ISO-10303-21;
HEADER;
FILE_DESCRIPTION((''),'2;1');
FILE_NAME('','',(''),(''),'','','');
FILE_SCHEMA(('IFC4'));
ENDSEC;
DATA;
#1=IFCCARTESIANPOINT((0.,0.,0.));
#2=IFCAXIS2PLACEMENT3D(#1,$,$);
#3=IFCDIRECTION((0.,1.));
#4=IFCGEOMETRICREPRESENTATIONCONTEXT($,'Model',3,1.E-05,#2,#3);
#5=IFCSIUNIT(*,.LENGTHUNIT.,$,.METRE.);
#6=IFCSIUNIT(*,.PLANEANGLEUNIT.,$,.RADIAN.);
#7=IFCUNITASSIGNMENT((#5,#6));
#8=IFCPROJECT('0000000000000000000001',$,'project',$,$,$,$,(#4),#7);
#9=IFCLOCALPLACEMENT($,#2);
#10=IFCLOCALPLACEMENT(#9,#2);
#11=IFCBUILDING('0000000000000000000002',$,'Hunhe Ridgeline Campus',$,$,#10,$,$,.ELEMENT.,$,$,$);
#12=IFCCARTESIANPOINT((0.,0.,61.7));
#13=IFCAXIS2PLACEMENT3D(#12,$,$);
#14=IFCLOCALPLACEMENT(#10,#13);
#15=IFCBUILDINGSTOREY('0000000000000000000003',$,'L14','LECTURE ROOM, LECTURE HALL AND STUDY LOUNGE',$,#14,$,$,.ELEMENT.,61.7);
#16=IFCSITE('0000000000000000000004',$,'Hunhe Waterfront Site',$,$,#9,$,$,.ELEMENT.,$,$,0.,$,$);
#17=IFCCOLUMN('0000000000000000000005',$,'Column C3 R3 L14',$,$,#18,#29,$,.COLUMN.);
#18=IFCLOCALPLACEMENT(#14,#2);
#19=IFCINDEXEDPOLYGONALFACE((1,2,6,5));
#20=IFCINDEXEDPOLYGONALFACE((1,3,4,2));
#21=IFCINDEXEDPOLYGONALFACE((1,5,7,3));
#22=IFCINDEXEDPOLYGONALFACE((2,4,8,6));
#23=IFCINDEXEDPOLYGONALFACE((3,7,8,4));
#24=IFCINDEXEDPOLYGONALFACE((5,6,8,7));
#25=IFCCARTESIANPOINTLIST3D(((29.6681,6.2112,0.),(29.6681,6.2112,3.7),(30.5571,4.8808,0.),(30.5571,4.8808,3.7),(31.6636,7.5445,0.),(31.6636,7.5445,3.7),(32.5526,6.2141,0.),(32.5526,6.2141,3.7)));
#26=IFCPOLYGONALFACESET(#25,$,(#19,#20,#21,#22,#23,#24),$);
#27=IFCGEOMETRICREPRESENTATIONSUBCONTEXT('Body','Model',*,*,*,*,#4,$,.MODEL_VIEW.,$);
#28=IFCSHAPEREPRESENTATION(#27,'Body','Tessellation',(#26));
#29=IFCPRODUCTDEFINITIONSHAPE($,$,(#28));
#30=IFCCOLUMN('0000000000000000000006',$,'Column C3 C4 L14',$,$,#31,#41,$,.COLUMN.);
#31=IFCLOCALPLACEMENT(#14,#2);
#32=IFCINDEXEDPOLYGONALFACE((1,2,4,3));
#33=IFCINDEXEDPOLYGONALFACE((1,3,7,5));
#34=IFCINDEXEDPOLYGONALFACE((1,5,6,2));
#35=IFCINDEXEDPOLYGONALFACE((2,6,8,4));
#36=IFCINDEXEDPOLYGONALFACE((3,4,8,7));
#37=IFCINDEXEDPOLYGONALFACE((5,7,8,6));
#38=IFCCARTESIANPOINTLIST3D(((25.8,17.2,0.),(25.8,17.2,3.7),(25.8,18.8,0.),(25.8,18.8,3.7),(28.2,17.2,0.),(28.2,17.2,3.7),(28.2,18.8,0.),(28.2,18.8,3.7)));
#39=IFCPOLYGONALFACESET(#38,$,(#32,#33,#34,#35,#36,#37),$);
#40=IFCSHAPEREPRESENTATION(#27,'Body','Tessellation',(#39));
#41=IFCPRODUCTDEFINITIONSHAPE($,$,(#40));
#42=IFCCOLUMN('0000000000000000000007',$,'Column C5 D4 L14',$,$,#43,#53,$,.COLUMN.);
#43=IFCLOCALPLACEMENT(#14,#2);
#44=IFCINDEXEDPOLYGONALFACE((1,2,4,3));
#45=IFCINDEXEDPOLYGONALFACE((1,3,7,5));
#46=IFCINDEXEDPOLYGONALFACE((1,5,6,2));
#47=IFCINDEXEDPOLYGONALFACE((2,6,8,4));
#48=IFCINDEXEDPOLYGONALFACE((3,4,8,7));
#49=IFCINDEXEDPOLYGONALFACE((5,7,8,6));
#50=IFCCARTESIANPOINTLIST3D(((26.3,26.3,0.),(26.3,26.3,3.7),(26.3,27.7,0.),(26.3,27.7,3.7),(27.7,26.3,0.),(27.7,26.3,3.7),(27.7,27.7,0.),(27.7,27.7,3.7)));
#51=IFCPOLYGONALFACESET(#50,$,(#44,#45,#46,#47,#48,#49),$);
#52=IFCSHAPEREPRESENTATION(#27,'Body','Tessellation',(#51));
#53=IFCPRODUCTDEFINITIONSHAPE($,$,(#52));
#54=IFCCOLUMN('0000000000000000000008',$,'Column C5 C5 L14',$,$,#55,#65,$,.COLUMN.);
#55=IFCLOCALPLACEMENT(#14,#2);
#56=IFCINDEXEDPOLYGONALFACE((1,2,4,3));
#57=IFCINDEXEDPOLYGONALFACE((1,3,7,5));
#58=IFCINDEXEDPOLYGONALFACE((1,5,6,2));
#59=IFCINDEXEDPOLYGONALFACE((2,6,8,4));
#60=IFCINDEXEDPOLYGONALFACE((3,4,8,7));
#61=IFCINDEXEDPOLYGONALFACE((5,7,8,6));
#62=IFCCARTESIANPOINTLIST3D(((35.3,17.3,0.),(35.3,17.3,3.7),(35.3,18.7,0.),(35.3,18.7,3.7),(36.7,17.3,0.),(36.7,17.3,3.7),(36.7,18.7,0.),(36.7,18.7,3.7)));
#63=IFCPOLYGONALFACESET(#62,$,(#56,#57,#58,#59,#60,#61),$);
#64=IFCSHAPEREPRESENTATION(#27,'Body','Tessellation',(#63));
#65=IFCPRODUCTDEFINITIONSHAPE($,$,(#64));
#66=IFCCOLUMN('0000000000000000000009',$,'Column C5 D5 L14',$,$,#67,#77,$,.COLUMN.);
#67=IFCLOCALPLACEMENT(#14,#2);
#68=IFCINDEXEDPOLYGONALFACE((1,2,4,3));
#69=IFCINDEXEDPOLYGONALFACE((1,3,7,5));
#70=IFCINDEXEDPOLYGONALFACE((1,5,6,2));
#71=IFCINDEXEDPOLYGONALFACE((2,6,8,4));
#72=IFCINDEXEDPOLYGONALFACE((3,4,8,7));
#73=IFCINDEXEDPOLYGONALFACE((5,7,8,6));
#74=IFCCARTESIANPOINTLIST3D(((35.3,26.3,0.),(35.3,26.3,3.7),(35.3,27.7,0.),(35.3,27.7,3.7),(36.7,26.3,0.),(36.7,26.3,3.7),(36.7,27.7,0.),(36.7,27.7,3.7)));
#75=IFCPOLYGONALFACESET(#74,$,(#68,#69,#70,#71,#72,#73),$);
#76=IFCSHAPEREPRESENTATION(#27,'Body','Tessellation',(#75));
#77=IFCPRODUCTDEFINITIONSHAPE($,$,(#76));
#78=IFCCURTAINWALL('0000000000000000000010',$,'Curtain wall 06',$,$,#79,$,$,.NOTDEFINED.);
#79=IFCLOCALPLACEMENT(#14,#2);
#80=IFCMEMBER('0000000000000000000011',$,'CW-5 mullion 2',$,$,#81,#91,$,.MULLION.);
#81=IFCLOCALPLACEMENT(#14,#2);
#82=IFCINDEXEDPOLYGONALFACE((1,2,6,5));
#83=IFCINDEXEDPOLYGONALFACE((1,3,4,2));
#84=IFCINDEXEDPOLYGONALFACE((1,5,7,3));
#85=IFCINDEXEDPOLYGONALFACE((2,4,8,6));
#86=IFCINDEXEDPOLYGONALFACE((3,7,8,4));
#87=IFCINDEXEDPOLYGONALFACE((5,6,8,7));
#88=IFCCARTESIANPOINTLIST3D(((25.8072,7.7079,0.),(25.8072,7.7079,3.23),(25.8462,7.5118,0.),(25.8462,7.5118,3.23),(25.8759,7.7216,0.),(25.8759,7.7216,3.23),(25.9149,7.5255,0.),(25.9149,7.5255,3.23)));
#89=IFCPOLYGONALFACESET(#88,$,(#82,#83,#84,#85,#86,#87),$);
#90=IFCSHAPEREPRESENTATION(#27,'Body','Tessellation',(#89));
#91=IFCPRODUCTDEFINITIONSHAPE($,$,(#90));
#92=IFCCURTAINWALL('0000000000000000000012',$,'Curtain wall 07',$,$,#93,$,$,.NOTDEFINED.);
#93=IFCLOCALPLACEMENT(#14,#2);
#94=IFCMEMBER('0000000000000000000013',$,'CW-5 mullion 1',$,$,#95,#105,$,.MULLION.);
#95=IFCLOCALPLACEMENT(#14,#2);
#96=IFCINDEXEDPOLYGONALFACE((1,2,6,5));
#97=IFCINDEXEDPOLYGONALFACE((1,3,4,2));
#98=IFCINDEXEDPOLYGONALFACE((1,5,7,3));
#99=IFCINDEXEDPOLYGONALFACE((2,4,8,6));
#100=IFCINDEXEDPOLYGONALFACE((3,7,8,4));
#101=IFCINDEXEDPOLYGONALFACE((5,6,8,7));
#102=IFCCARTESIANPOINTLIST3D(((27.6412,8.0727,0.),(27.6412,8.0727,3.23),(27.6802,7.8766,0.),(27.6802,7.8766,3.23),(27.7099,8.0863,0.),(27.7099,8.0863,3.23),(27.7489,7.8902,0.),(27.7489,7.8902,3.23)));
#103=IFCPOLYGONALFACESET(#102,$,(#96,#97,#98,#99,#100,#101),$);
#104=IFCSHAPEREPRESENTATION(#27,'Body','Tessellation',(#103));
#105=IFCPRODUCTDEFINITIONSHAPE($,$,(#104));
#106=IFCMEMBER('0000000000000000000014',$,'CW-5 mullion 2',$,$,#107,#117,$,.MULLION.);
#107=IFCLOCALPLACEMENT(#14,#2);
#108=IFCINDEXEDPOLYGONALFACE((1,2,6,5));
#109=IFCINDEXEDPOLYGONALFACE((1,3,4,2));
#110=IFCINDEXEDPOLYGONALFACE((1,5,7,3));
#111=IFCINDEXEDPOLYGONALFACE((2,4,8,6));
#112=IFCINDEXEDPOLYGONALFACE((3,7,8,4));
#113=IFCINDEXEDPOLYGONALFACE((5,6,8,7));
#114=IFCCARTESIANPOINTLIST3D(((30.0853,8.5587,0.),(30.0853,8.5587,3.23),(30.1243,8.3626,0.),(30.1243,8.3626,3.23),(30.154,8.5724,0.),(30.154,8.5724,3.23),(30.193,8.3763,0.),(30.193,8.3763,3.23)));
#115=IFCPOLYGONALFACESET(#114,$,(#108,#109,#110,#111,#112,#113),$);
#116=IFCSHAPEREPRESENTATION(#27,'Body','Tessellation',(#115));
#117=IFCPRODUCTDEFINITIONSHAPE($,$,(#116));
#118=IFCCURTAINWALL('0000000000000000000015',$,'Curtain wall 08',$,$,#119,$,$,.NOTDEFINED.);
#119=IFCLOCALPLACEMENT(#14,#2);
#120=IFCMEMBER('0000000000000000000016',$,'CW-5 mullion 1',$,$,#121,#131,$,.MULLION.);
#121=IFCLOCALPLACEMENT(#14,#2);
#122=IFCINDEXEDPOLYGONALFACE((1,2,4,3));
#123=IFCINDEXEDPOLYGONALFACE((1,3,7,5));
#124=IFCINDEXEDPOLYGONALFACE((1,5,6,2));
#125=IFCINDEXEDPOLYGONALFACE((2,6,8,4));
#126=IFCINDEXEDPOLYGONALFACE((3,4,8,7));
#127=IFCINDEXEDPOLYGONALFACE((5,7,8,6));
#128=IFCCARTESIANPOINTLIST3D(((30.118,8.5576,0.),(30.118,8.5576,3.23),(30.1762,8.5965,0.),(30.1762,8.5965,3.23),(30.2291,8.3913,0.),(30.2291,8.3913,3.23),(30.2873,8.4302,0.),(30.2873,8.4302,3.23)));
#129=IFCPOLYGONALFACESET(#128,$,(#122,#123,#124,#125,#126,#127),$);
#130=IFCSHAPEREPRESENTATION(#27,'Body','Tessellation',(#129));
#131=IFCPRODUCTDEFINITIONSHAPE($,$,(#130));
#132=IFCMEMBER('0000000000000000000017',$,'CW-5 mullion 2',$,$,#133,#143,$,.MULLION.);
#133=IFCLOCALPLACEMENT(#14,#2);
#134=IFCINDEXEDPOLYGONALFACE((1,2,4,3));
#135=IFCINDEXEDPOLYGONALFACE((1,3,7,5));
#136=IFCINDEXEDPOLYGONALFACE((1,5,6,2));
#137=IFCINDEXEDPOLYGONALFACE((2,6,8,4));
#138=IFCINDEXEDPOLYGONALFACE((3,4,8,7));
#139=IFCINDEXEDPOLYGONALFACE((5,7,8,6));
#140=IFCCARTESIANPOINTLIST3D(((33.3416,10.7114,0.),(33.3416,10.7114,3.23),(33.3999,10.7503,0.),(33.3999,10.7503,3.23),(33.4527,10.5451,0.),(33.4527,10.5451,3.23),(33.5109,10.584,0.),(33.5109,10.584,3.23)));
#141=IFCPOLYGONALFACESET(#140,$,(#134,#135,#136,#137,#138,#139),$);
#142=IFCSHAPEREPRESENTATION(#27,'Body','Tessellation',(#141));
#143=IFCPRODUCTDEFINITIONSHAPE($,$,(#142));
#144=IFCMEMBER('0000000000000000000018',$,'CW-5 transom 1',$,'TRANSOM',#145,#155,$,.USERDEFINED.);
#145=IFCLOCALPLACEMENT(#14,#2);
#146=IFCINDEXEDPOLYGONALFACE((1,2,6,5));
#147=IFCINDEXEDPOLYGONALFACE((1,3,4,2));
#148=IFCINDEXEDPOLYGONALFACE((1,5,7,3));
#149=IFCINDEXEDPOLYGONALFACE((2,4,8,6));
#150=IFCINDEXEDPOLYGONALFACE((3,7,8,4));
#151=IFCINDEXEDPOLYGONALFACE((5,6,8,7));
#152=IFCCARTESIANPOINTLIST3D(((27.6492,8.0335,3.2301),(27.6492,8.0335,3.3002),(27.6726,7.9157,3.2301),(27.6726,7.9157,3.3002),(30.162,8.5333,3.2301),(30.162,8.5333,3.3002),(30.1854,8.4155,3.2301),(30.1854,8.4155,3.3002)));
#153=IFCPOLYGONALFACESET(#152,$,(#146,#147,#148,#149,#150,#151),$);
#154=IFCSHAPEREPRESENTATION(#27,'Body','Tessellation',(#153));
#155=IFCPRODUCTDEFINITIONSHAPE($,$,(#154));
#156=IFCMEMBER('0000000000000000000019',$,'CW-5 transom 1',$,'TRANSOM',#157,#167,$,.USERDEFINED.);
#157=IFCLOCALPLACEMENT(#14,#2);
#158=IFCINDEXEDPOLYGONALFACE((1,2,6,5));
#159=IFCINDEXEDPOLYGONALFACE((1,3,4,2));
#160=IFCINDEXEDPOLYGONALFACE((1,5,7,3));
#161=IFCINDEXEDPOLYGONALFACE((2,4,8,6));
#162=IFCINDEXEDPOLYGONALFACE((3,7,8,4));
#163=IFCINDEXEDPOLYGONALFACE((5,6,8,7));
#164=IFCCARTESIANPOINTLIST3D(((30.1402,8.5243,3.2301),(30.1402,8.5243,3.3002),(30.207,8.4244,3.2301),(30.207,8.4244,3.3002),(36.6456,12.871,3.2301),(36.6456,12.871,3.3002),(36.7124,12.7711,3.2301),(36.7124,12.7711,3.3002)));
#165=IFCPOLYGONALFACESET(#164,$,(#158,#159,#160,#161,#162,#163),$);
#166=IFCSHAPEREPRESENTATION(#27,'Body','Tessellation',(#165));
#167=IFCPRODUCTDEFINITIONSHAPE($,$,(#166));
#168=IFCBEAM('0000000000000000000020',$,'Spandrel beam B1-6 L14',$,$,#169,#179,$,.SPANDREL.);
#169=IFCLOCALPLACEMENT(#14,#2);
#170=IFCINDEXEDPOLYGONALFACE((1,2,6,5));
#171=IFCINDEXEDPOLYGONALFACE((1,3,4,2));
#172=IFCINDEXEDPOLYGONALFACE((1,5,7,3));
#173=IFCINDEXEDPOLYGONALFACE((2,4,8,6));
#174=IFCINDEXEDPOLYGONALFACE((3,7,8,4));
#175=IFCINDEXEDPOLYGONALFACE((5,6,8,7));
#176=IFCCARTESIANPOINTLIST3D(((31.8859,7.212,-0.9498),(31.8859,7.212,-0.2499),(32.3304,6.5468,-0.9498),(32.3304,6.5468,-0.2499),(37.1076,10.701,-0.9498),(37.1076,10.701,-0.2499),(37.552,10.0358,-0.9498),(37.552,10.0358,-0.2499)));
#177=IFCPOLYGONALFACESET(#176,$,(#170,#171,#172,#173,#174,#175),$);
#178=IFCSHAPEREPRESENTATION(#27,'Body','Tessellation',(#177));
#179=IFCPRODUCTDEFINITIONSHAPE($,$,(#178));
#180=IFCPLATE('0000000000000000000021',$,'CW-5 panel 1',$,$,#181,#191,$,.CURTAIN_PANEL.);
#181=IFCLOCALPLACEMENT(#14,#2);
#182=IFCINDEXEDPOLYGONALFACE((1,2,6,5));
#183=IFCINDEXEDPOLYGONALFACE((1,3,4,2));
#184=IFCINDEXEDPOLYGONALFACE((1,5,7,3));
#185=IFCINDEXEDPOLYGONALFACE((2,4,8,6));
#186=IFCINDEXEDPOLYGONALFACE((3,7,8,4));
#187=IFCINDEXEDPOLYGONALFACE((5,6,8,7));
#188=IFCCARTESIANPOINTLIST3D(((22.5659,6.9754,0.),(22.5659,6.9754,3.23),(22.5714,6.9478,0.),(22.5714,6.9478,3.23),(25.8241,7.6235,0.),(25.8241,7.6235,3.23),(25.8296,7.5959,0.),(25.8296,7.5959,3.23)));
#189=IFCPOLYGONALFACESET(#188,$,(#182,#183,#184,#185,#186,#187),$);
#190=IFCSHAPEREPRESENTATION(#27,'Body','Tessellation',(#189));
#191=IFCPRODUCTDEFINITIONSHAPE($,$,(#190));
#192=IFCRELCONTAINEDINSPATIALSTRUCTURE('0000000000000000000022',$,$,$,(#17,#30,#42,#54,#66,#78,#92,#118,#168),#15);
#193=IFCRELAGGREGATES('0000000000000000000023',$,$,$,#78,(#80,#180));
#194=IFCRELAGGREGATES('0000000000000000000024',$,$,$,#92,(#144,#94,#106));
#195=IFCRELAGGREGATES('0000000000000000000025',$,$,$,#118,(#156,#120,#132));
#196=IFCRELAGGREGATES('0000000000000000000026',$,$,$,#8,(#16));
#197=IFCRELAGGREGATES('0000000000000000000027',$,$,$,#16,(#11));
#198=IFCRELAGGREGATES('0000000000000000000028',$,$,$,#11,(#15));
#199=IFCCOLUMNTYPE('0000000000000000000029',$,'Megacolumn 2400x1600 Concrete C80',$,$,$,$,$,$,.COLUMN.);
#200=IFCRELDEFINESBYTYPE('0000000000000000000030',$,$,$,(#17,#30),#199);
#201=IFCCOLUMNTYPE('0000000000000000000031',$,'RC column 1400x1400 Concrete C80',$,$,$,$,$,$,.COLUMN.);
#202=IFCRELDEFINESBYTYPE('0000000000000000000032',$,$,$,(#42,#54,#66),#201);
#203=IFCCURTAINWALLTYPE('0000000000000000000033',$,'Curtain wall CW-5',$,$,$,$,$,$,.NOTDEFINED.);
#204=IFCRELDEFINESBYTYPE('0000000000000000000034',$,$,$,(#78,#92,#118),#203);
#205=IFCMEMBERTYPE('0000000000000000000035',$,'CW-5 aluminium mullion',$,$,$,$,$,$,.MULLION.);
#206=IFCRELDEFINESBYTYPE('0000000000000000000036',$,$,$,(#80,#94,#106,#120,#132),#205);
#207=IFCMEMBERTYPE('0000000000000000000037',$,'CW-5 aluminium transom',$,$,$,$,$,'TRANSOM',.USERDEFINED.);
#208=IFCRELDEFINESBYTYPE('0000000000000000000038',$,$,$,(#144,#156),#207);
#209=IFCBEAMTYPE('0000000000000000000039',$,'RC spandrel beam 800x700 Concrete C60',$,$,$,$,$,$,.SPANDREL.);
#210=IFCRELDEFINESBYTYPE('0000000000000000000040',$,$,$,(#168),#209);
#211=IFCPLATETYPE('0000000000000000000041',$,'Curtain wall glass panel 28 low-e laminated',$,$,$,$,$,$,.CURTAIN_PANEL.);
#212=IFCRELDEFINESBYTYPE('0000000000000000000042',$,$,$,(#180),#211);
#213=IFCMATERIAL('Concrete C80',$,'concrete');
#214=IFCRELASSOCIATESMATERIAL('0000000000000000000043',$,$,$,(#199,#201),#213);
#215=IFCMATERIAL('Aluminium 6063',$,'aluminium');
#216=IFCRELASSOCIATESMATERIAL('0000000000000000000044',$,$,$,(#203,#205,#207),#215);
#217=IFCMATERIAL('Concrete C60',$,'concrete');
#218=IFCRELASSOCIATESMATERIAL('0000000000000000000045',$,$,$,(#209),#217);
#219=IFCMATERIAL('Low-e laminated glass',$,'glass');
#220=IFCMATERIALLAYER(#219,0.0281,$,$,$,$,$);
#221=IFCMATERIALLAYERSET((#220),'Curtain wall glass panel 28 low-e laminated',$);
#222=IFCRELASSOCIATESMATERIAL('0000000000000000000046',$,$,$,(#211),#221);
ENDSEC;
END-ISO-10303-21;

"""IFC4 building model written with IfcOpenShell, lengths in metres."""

from ifc_helpers import new_model, si_unit, direction, frame, origin, origin_2d, place, context, subcontext, project, spatial, rectangle, extrude, material, layer, layer_set, material_profile, profile_set, type_object, element, aggregate, save


model = new_model("IFC4")

# Units and contexts
model_context = context("Model", 3, precision=1e-05, world=origin(), true_north=direction((0.0, 1.0)))
body_context = subcontext(model_context, "Body", "Model", "MODEL_VIEW")
ifc_project = project(units=[si_unit("LENGTHUNIT", "METRE"), si_unit("PLANEANGLEUNIT", "RADIAN")], contexts=[model_context])

# Site, building, storey
site_placement = place(None, origin())
site = spatial("IfcSite", under=ifc_project, at=site_placement, Name="Hunhe Waterfront Site", CompositionType="ELEMENT", RefElevation=0.0)
building_placement = place(site_placement, origin())
building = spatial("IfcBuilding", under=site, at=building_placement, Name="Hunhe Ridgeline Campus", CompositionType="ELEMENT")
storey_placement = place(building_placement, frame((0.0, 0.0, 61.7)))
storey = spatial("IfcBuildingStorey", under=building, at=storey_placement, Name="L14", Description="LECTURE ROOM, LECTURE HALL AND STUDY LOUNGE", CompositionType="ELEMENT", Elevation=61.7)

# Columns
ifc_material_1 = material(Name="Concrete C80", Category="concrete")
ifc_material_profile_1 = material_profile(ifc_material_1, rectangle(XDim=2.3999, YDim=1.6001, at=origin_2d()))
ifc_profile_set_1 = profile_set([ifc_material_profile_1], Name="Concrete C80")
column_type_1 = type_object("IfcColumnType", Name="Megacolumn 2400x1600 Concrete C80", PredefinedType="COLUMN", material=ifc_profile_set_1)
for number, where, z_axis, x_axis, name in (
    (1, (31.1104, 6.2126, 0.0), (0.0, 0.0, 1.0), (0.83147, 0.55557, 0.0), "Column C3 R3 L14"),
    (2, (27.0, 18.0, 0.0), (0.0, 0.0, 1.0), (1.0, 0.0, 0.0), "Column C3 C4 L14"),
):
    element("IfcColumn", number, at=place(storey_placement, frame(where, z_axis=z_axis, x_axis=x_axis)), inside=storey, type_object=column_type_1, Name=name, PredefinedType="COLUMN", context=body_context, shape_type="SweptSolid", body=[
        extrude(rectangle(XDim=2.3999, YDim=1.6001, at=origin_2d()), origin(), (0.0, 0.0, 1.0), 3.7),
    ])
ifc_material_profile_2 = material_profile(ifc_material_1, rectangle(XDim=1.3999, YDim=1.3999, at=origin_2d()))
ifc_profile_set_2 = profile_set([ifc_material_profile_2], Name="Concrete C80")
column_type_2 = type_object("IfcColumnType", Name="RC column 1400x1400 Concrete C80", PredefinedType="COLUMN", material=ifc_profile_set_2)
for number, where, z_axis, x_axis, name in (
    (3, (27.0, 27.0, 0.0), (0.0, 0.0, 1.0), (1.0, 0.0, 0.0), "Column C5 D4 L14"),
    (4, (36.0, 18.0, 0.0), (0.0, 0.0, 1.0), (1.0, 0.0, 0.0), "Column C5 C5 L14"),
    (5, (36.0, 27.0, 0.0), (0.0, 0.0, 1.0), (1.0, 0.0, 0.0), "Column C5 D5 L14"),
):
    element("IfcColumn", number, at=place(storey_placement, frame(where, z_axis=z_axis, x_axis=x_axis)), inside=storey, type_object=column_type_2, Name=name, PredefinedType="COLUMN", context=body_context, shape_type="SweptSolid", body=[
        extrude(rectangle(XDim=1.3999, YDim=1.3999, at=origin_2d()), origin(), (0.0, 0.0, 1.0), 3.7),
    ])

# Curtain wall, member
ifc_material_2 = material(Name="Aluminium 6063", Category="aluminium")
curtain_wall_type = type_object("IfcCurtainWallType", Name="Curtain wall CW-5", PredefinedType="NOTDEFINED", material=ifc_material_2)
curtain_wall_1_placement = place(storey_placement, origin())
curtain_wall_1 = element("IfcCurtainWall", 6, at=curtain_wall_1_placement, inside=storey, type_object=curtain_wall_type, Name="Curtain wall 06", PredefinedType="NOTDEFINED")
ifc_material_profile_3 = material_profile(ifc_material_2, rectangle(XDim=0.2, YDim=0.0701, at=origin_2d()))
ifc_profile_set_3 = profile_set([ifc_material_profile_3], Name="Aluminium 6063")
member_type_1 = type_object("IfcMemberType", Name="CW-5 aluminium mullion", PredefinedType="MULLION", material=ifc_profile_set_3)
member_1_placement = place(storey_placement, frame((25.8611, 7.6167, 0.0), z_axis=(0.0, 0.0, 1.0), x_axis=(-0.19509, 0.980785, 0.0)))
member_1 = element("IfcMember", 7, at=member_1_placement, type_object=member_type_1, Name="CW-5 mullion 2", PredefinedType="MULLION", context=body_context, shape_type="SweptSolid", body=[
    extrude(rectangle(XDim=0.2, YDim=0.0701, at=origin_2d()), origin(), (0.0, 0.0, 1.0), 3.23),
])

# Curtain walls, members
curtain_wall_2_placement = place(storey_placement, origin())
curtain_wall_2 = element("IfcCurtainWall", 8, at=curtain_wall_2_placement, inside=storey, type_object=curtain_wall_type, Name="Curtain wall 07", PredefinedType="NOTDEFINED")
member_2_placement = place(storey_placement, frame((27.6951, 7.9814, 0.0), z_axis=(0.0, 0.0, 1.0), x_axis=(-0.195091, 0.980785, 0.0)))
member_2 = element("IfcMember", 9, at=member_2_placement, type_object=member_type_1, Name="CW-5 mullion 1", PredefinedType="MULLION", context=body_context, shape_type="SweptSolid", body=[
    extrude(rectangle(XDim=0.2, YDim=0.0701, at=origin_2d()), origin(), (0.0, 0.0, 1.0), 3.23),
])
member_3_placement = place(storey_placement, frame((30.1392, 8.4675, 0.0), z_axis=(0.0, 0.0, 1.0), x_axis=(-0.195091, 0.980785, 0.0)))
member_3 = element("IfcMember", 10, at=member_3_placement, type_object=member_type_1, Name="CW-5 mullion 2", PredefinedType="MULLION", context=body_context, shape_type="SweptSolid", body=[
    extrude(rectangle(XDim=0.2, YDim=0.0701, at=origin_2d()), origin(), (0.0, 0.0, 1.0), 3.23),
])
curtain_wall_3_placement = place(storey_placement, origin())
curtain_wall_3 = element("IfcCurtainWall", 11, at=curtain_wall_3_placement, inside=storey, type_object=curtain_wall_type, Name="Curtain wall 08", PredefinedType="NOTDEFINED")
member_4_placement = place(storey_placement, frame((30.2026, 8.4939, 0.0), z_axis=(0.0, 0.0, 1.0), x_axis=(-0.55557, 0.83147, 0.0)))
member_4 = element("IfcMember", 12, at=member_4_placement, type_object=member_type_1, Name="CW-5 mullion 1", PredefinedType="MULLION", context=body_context, shape_type="SweptSolid", body=[
    extrude(rectangle(XDim=0.2, YDim=0.0701, at=origin_2d()), origin(), (0.0, 0.0, 1.0), 3.23),
])
member_5_placement = place(storey_placement, frame((33.4263, 10.6477, 0.0), z_axis=(0.0, 0.0, 1.0), x_axis=(-0.55557, 0.83147, 0.0)))
member_5 = element("IfcMember", 13, at=member_5_placement, type_object=member_type_1, Name="CW-5 mullion 2", PredefinedType="MULLION", context=body_context, shape_type="SweptSolid", body=[
    extrude(rectangle(XDim=0.2, YDim=0.0701, at=origin_2d()), origin(), (0.0, 0.0, 1.0), 3.23),
])

# Members
ifc_material_profile_4 = material_profile(ifc_material_2, rectangle(XDim=0.1201, YDim=0.0701, at=origin_2d()))
ifc_profile_set_4 = profile_set([ifc_material_profile_4], Name="Aluminium 6063")
member_type_2 = type_object("IfcMemberType", Name="CW-5 aluminium transom", ElementType="TRANSOM", PredefinedType="USERDEFINED", material=ifc_profile_set_4)
member_6_placement = place(storey_placement, frame((27.6609, 7.9746, 3.2651), z_axis=(0.980789, 0.195071, 0.0), x_axis=(-0.195071, 0.980789, 0.0)))
member_6 = element("IfcMember", 14, at=member_6_placement, type_object=member_type_2, Name="CW-5 transom 1", ObjectType="TRANSOM", PredefinedType="USERDEFINED", context=body_context, shape_type="SweptSolid", body=[
    extrude(rectangle(XDim=0.1201, YDim=0.0701, at=origin_2d()), origin(), (0.0, 0.0, 1.0), 2.562),
])
member_7_placement = place(storey_placement, frame((30.1736, 8.4744, 3.2651), z_axis=(0.831474, 0.555564, 0.0), x_axis=(-0.555564, 0.831474, 0.0)))
member_7 = element("IfcMember", 15, at=member_7_placement, type_object=member_type_2, Name="CW-5 transom 1", ObjectType="TRANSOM", PredefinedType="USERDEFINED", context=body_context, shape_type="SweptSolid", body=[
    extrude(rectangle(XDim=0.1201, YDim=0.0701, at=origin_2d()), origin(), (0.0, 0.0, 1.0), 7.824),
])

# Beam
ifc_material_3 = material(Name="Concrete C60", Category="concrete")
ifc_material_profile_5 = material_profile(ifc_material_3, rectangle(XDim=0.8, YDim=0.7, at=origin_2d()))
ifc_profile_set_5 = profile_set([ifc_material_profile_5], Name="Concrete C60")
beam_type = type_object("IfcBeamType", Name="RC spandrel beam 800x700 Concrete C60", PredefinedType="SPANDREL", material=ifc_profile_set_5)
beam_placement = place(storey_placement, frame((32.1082, 6.8794, -0.5999), z_axis=(0.83147, 0.55557, 0.0), x_axis=(-0.55557, 0.83147, 0.0)))
element("IfcBeam", 16, at=beam_placement, inside=storey, type_object=beam_type, Name="Spandrel beam B1-6 L14", PredefinedType="SPANDREL", context=body_context, shape_type="SweptSolid", body=[
    extrude(rectangle(XDim=0.8, YDim=0.7, at=origin_2d()), origin(), (0.0, 0.0, 1.0), 6.28),
])

# Plate
ifc_material_4 = material(Name="Low-e laminated glass", Category="glass")
ifc_layer_1 = layer(ifc_material_4, 0.0281)
ifc_layer_set_1 = layer_set([ifc_layer_1], Name="Curtain wall glass panel 28 low-e laminated")
plate_type = type_object("IfcPlateType", Name="Curtain wall glass panel 28 low-e laminated", PredefinedType="CURTAIN_PANEL", material=ifc_layer_set_1)
plate_1_placement = place(storey_placement, frame((24.1978, 7.2856, 0.0), z_axis=(0.0, 0.0, 1.0), x_axis=(0.980785, 0.19509, 0.0)))
plate_1 = element("IfcPlate", 17, at=plate_1_placement, type_object=plate_type, Name="CW-5 panel 1", PredefinedType="CURTAIN_PANEL", context=body_context, shape_type="SweptSolid", body=[
    extrude(rectangle(XDim=3.322, YDim=0.0281, at=origin_2d()), origin(), (0.0, 0.0, 1.0), 3.23),
])
aggregate(curtain_wall_1, [member_1, plate_1])
aggregate(curtain_wall_2, [member_6, member_2, member_3])
aggregate(curtain_wall_3, [member_7, member_4, member_5])

save(model, "model.ifc")
